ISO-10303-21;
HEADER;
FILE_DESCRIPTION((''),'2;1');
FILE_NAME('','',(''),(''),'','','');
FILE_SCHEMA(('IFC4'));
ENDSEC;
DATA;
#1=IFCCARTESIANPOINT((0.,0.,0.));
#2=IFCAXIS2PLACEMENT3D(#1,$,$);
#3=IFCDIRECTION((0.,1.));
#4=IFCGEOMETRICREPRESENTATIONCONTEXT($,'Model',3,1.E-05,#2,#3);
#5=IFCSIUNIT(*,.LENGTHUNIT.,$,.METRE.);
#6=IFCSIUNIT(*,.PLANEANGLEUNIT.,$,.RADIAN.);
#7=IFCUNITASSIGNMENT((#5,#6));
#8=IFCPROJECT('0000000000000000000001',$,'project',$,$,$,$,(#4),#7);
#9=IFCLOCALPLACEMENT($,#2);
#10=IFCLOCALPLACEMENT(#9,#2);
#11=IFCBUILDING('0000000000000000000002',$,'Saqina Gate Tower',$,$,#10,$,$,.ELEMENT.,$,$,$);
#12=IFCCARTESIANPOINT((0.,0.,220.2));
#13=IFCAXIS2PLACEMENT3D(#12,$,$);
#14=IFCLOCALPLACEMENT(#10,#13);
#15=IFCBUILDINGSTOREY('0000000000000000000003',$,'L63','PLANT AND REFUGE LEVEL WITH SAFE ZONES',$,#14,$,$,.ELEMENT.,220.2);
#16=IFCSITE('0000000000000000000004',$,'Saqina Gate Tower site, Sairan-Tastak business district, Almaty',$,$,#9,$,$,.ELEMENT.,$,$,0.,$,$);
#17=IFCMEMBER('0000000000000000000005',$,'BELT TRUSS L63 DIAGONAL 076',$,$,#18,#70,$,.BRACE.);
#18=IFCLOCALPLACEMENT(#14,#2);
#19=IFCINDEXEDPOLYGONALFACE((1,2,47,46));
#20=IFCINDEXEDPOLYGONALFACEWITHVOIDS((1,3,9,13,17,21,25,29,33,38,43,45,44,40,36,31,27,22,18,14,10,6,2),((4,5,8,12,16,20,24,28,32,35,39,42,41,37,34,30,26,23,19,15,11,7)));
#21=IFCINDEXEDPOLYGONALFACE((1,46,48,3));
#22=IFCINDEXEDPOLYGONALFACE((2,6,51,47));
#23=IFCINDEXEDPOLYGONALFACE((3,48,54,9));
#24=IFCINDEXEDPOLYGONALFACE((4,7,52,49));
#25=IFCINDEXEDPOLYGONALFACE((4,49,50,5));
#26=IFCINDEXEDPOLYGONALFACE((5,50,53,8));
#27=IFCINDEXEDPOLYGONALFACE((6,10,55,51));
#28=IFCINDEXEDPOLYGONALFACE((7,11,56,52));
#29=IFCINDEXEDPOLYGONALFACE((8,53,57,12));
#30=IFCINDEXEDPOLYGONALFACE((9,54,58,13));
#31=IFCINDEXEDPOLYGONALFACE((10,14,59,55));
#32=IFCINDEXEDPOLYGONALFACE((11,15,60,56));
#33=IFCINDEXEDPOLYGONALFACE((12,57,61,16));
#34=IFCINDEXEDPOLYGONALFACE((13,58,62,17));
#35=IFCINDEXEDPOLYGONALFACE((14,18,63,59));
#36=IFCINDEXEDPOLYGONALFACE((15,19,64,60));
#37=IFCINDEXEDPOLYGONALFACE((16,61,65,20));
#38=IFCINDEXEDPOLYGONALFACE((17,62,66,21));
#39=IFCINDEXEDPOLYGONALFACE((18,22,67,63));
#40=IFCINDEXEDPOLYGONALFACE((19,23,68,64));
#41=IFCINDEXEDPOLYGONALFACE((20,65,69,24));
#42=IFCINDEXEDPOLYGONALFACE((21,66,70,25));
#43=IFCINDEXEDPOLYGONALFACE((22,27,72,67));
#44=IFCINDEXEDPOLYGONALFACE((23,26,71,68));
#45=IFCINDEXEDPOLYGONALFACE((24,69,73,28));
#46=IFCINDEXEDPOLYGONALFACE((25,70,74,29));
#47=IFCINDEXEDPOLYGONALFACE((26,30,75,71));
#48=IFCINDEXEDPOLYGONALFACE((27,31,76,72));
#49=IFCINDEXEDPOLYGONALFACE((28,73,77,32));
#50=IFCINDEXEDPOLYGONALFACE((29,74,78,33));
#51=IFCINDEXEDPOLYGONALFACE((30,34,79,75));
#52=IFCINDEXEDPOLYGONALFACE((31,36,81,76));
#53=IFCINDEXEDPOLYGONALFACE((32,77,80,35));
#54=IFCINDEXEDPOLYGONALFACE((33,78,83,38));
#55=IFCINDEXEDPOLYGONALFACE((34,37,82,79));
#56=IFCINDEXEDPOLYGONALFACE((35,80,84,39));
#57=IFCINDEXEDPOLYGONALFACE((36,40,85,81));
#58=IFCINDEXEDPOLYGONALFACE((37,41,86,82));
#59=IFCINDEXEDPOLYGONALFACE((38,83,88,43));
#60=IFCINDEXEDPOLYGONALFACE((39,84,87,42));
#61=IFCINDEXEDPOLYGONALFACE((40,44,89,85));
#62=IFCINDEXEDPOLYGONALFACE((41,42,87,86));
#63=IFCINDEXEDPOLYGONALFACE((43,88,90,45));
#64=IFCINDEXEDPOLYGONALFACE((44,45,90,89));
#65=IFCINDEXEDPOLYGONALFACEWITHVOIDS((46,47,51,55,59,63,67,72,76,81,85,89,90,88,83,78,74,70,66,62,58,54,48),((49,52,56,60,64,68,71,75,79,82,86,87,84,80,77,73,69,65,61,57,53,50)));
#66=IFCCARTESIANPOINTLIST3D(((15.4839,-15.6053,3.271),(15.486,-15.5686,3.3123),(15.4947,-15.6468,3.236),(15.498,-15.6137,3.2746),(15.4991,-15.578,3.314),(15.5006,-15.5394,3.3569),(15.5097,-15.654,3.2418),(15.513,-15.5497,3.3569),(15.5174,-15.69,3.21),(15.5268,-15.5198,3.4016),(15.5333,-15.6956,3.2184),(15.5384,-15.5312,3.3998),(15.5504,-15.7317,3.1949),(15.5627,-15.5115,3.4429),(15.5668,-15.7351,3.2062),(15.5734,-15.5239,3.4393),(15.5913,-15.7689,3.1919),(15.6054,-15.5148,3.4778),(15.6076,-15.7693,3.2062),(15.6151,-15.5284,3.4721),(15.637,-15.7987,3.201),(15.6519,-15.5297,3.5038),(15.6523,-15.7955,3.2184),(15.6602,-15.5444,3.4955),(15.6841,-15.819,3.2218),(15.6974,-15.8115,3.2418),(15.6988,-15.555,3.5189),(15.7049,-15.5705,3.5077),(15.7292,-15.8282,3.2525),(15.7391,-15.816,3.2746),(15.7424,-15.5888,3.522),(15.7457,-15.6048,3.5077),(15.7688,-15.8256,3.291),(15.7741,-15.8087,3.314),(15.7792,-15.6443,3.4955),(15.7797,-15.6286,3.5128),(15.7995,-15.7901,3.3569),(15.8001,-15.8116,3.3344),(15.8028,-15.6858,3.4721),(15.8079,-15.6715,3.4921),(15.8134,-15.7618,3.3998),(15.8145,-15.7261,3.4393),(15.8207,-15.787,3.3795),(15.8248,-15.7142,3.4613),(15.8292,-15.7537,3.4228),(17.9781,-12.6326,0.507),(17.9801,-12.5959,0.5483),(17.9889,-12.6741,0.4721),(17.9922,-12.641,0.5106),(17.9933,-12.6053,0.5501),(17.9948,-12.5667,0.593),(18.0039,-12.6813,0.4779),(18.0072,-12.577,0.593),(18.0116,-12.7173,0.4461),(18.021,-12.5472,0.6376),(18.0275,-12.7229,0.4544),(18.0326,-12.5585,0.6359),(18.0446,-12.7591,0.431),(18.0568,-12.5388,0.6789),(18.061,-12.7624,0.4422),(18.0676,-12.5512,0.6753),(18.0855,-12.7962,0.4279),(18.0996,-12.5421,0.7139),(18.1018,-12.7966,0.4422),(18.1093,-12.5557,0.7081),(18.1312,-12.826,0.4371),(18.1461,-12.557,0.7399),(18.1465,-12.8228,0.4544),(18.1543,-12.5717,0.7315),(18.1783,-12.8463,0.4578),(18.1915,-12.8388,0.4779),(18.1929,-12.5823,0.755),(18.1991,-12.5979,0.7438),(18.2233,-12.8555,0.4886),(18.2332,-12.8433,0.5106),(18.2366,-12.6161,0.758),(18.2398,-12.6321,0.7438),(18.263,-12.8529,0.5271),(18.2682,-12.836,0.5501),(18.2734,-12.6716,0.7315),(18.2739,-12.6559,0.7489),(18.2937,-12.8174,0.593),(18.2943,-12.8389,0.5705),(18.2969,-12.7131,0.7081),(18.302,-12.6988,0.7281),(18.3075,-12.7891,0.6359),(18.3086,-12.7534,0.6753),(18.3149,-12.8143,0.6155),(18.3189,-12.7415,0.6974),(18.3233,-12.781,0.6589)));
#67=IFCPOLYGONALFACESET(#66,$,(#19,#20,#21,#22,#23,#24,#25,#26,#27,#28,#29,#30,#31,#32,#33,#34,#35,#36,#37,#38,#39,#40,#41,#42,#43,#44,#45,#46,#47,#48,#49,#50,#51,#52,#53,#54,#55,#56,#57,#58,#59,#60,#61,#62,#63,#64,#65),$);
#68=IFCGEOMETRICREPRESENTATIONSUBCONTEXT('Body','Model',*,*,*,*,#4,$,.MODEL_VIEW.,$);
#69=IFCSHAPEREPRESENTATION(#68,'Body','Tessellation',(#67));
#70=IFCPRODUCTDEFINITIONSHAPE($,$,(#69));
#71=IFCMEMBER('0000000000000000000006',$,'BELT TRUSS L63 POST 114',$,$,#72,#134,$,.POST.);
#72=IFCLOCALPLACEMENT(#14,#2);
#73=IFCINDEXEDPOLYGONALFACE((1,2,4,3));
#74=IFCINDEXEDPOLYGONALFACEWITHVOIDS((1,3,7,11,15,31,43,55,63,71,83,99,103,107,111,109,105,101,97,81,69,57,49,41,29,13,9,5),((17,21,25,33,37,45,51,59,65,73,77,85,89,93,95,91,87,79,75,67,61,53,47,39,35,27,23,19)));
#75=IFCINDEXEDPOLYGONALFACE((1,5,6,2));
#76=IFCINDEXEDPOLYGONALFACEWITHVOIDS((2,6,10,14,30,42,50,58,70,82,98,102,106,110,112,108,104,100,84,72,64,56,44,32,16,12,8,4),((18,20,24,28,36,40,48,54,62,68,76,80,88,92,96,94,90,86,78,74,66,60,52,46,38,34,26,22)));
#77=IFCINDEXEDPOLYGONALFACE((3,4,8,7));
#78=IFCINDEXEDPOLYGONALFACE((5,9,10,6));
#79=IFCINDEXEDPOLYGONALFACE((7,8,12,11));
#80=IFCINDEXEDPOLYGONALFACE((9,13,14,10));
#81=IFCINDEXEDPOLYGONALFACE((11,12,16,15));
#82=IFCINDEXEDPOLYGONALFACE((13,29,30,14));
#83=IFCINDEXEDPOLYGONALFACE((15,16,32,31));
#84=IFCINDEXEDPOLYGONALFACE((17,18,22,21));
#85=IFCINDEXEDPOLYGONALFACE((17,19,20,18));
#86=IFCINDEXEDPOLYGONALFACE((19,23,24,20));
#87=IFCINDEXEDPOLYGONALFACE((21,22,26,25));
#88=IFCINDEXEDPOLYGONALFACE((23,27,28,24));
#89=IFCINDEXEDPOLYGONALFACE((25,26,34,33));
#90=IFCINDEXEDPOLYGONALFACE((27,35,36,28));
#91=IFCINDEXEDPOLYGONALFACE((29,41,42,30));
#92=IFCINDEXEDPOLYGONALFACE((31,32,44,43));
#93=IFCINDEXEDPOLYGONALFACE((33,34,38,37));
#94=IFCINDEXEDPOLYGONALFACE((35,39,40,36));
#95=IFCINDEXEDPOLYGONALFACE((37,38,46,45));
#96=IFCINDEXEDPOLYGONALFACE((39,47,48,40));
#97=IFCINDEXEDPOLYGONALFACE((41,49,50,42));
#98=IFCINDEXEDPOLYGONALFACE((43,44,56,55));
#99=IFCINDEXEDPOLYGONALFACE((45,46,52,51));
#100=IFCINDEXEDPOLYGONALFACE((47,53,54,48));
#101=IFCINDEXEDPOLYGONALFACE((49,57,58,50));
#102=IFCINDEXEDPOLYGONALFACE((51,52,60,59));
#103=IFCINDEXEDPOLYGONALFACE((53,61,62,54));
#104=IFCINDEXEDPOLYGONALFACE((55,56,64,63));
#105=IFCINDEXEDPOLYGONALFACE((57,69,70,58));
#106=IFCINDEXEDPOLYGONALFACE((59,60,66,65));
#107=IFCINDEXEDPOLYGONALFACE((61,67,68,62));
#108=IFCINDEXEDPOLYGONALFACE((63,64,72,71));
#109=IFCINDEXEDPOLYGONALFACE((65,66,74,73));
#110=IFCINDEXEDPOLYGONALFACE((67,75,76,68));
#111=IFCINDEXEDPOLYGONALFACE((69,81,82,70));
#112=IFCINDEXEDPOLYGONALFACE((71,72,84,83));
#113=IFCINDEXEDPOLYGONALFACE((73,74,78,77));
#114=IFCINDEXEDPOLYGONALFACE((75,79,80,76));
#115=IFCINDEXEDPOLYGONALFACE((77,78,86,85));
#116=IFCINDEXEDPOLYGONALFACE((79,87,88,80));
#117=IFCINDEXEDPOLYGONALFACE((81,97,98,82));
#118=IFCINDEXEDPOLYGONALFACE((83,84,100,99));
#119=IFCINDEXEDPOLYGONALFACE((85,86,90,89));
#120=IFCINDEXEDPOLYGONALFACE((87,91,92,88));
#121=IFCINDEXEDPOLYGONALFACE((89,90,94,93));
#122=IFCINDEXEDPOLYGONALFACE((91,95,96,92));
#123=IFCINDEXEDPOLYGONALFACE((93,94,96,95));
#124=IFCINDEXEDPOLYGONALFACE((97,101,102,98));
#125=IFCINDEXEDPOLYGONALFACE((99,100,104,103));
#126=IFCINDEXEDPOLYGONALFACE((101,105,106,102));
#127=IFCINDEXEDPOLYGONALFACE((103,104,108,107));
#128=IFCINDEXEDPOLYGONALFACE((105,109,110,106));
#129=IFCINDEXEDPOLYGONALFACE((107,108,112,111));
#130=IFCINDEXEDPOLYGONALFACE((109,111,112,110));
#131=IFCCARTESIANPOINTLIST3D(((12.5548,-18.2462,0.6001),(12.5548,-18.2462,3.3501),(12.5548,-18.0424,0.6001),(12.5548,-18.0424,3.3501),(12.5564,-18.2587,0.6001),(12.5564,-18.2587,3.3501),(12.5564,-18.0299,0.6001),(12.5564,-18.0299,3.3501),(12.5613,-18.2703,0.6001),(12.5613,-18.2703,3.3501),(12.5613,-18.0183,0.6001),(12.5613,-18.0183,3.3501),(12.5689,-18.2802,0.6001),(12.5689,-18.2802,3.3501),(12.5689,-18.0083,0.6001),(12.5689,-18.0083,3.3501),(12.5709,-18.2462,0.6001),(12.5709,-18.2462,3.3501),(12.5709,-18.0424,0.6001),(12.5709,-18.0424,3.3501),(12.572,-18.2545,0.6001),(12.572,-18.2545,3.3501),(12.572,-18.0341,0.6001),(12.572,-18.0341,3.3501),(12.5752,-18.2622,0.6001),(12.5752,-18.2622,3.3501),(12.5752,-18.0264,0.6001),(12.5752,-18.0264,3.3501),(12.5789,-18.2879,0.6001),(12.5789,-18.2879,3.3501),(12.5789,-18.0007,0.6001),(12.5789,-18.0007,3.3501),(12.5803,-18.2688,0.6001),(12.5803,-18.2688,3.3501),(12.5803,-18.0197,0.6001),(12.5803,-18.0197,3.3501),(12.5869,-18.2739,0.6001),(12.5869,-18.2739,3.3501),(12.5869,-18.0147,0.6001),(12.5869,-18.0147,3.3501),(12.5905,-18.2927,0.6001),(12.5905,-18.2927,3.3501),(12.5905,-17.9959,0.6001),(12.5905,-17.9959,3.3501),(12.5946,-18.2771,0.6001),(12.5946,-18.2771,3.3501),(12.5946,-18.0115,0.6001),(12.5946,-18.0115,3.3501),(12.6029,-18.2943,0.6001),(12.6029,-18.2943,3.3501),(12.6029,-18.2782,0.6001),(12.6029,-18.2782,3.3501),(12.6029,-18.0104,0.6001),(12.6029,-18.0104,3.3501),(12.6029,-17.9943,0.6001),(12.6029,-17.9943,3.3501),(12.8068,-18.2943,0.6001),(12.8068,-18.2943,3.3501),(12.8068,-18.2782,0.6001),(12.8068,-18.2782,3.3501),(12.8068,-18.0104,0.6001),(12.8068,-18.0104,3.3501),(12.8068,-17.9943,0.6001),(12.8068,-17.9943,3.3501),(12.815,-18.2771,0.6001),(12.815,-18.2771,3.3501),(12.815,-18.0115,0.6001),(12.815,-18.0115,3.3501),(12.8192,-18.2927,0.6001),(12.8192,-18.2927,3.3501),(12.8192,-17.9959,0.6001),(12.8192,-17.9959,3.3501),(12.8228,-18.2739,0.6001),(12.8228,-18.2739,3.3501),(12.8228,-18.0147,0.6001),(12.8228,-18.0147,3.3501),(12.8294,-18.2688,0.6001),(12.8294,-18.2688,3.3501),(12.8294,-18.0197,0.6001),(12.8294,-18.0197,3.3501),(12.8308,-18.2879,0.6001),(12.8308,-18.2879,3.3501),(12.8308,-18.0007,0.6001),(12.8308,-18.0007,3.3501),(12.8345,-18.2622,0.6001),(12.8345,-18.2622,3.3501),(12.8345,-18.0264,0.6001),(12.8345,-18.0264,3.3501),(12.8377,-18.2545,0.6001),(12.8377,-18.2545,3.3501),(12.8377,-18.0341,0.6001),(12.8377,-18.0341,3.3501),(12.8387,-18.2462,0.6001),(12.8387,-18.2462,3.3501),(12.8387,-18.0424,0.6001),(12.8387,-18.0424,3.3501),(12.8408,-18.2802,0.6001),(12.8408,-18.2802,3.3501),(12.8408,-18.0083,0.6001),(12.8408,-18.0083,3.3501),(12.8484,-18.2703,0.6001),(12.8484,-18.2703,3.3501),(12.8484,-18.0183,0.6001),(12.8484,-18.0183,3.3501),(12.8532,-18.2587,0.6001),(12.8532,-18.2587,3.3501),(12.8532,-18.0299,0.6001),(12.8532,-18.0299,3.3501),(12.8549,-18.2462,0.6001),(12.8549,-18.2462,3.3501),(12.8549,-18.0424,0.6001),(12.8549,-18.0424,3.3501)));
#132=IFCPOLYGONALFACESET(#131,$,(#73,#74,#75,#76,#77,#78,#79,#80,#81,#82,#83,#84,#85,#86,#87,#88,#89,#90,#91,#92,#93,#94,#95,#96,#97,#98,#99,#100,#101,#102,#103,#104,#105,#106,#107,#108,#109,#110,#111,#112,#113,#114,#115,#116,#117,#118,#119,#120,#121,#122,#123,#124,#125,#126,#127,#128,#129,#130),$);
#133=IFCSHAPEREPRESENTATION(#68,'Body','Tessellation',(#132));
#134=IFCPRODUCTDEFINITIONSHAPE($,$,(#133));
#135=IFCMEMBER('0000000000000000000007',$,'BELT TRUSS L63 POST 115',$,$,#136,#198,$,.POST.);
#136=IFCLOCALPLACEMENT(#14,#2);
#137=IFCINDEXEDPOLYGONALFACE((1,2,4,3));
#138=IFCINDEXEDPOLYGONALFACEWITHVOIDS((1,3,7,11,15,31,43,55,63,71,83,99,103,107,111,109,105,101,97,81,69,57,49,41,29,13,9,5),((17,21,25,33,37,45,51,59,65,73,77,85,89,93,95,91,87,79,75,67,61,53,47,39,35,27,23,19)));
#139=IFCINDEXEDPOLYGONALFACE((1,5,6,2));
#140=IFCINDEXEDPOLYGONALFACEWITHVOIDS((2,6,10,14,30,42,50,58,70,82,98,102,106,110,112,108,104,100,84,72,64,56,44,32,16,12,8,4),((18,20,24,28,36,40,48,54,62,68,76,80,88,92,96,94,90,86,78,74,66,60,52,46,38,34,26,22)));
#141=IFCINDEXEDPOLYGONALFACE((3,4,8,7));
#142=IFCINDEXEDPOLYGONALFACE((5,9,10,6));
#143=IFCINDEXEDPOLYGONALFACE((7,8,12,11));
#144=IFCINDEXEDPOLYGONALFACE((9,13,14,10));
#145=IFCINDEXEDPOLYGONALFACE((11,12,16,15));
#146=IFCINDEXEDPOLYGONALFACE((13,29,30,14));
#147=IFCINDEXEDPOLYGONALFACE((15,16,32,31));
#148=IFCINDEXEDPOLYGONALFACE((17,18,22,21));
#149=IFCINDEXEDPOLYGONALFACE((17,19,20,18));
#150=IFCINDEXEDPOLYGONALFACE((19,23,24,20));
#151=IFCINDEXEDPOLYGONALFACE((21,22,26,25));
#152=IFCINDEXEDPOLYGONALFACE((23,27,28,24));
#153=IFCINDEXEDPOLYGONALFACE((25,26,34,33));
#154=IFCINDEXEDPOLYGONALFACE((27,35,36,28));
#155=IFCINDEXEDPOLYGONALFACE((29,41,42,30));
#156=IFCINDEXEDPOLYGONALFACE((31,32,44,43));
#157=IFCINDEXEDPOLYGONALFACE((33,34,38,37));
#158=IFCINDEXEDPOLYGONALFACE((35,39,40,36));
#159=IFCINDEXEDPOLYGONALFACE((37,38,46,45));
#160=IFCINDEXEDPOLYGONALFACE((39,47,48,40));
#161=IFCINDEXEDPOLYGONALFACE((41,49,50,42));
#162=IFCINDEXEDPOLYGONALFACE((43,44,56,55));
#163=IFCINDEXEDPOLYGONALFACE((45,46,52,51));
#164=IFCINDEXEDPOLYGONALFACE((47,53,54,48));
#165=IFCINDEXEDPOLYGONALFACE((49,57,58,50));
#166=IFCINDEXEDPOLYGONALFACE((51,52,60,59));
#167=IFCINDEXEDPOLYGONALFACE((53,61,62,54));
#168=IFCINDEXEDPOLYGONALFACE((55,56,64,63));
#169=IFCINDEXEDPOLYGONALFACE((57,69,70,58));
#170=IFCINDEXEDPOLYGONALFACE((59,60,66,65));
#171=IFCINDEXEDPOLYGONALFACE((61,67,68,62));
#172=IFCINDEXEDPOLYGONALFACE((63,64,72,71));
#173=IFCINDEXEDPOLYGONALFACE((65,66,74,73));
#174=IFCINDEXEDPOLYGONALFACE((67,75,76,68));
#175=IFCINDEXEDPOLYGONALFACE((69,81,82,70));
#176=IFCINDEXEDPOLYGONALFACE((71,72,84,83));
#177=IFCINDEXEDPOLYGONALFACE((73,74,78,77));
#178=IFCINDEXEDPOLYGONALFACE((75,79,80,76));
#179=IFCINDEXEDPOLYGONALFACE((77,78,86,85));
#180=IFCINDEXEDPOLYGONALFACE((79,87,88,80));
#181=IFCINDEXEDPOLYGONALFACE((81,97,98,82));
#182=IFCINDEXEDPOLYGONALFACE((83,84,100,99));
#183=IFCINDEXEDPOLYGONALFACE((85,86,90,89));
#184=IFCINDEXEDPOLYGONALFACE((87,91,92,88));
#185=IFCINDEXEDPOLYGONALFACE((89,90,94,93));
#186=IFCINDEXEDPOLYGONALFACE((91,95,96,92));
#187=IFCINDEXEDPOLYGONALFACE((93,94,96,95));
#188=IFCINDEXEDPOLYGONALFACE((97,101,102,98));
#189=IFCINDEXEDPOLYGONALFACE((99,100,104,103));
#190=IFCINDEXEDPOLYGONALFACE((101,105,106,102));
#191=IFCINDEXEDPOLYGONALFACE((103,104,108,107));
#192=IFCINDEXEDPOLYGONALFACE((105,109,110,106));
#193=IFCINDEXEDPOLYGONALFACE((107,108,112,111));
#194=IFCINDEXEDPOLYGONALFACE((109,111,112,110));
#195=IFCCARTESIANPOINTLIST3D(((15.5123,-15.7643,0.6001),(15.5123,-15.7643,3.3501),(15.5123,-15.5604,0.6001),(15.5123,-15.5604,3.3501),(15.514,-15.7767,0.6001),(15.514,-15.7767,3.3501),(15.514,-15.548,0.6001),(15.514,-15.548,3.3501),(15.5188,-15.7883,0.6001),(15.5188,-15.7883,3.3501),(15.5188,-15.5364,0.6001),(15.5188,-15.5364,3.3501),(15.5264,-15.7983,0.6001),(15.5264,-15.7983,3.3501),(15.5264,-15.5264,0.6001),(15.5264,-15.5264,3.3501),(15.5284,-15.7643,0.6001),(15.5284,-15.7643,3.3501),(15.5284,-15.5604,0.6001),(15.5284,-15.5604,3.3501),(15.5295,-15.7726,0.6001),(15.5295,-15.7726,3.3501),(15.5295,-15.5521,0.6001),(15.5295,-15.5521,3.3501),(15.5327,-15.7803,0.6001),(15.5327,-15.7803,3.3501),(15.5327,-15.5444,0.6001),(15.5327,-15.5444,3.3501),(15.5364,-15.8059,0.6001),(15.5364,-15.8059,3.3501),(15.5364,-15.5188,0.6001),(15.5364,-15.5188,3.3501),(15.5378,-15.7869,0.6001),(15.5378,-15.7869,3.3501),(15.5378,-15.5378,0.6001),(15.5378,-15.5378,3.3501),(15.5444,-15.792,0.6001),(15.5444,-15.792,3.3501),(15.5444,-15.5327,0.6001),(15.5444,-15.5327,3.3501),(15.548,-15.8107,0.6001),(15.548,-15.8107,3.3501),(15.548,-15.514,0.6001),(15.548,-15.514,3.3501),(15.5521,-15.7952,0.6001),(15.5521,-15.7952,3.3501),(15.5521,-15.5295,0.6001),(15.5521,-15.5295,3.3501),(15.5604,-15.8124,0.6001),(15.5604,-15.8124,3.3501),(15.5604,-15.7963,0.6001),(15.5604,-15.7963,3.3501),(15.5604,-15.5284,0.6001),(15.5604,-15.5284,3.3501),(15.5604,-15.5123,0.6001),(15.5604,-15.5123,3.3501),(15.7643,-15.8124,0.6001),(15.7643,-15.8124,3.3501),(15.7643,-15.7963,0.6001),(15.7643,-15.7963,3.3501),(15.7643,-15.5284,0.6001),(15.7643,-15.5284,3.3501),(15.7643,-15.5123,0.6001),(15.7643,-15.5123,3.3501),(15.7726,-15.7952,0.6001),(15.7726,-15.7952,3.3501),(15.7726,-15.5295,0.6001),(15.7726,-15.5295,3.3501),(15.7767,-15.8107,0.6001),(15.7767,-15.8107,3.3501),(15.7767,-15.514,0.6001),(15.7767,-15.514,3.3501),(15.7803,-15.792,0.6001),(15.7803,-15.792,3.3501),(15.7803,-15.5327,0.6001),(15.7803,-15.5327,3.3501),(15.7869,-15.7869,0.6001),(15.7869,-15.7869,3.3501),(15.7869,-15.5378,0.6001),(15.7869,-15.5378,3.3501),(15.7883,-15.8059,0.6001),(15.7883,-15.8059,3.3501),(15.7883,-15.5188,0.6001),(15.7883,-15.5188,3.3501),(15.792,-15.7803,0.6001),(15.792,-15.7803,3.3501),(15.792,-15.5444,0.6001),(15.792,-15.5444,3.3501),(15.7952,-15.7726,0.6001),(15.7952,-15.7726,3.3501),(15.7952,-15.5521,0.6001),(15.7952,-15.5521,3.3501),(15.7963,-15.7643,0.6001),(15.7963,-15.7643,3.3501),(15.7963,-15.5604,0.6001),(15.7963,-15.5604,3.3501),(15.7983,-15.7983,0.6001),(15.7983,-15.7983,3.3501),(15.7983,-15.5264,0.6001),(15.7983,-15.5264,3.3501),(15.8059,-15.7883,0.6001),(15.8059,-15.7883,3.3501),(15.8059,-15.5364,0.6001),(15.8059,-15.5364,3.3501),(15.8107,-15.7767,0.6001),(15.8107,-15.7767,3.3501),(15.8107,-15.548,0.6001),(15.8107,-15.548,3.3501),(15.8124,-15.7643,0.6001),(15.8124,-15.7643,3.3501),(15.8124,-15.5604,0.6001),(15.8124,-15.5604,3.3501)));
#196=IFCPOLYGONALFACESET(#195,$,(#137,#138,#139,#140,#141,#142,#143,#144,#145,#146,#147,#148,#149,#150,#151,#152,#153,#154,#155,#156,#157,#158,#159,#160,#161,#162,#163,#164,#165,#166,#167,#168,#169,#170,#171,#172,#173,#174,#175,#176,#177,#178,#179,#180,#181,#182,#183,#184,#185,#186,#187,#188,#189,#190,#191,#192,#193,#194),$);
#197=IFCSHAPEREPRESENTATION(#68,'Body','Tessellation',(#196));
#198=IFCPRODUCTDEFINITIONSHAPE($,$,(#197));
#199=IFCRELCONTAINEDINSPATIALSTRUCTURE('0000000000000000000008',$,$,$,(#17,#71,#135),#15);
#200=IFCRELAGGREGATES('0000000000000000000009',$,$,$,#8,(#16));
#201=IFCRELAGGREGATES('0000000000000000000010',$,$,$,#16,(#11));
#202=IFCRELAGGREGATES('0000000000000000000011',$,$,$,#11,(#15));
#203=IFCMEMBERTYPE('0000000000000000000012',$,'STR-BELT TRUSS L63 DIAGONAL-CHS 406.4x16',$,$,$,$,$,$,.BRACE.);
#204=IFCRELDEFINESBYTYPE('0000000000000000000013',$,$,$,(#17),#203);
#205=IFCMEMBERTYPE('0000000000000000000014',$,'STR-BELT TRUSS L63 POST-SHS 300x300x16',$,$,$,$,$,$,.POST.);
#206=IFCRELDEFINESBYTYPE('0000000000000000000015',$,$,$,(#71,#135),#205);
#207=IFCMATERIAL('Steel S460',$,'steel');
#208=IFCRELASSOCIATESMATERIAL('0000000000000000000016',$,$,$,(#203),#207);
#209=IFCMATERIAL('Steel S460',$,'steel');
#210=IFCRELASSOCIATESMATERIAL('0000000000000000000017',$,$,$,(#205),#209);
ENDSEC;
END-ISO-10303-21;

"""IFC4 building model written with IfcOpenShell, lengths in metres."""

from ifc_helpers import new_model, si_unit, direction, frame, origin, origin_2d, place, context, subcontext, project, spatial, hollow_rectangle, hollow_circle, extrude, material, material_profile, profile_set, type_object, element, save


model = new_model("IFC4")

# Units and contexts
model_context = context("Model", 3, precision=1e-05, world=origin(), true_north=direction((0.0, 1.0)))
body_context = subcontext(model_context, "Body", "Model", "MODEL_VIEW")
ifc_project = project(units=[si_unit("LENGTHUNIT", "METRE"), si_unit("PLANEANGLEUNIT", "RADIAN")], contexts=[model_context])

# Site, building, storey
site_placement = place(None, origin())
site = spatial("IfcSite", under=ifc_project, at=site_placement, Name="Saqina Gate Tower site, Sairan-Tastak business district, Almaty", CompositionType="ELEMENT", RefElevation=0.0)
building_placement = place(site_placement, origin())
building = spatial("IfcBuilding", under=site, at=building_placement, Name="Saqina Gate Tower", CompositionType="ELEMENT")
storey_placement = place(building_placement, frame((0.0, 0.0, 220.2)))
storey = spatial("IfcBuildingStorey", under=building, at=storey_placement, Name="L63", Description="PLANT AND REFUGE LEVEL WITH SAFE ZONES", CompositionType="ELEMENT", Elevation=220.2)

# Members
ifc_material_1 = material(Name="Steel S460", Category="steel")
ifc_material_profile_1 = material_profile(ifc_material_1, hollow_circle(Radius=0.2031, WallThickness=0.0161, at=origin_2d()), Name="CHS 406.4x16")
ifc_profile_set_1 = profile_set([ifc_material_profile_1], Name="Steel S460")
member_type_1 = type_object("IfcMemberType", Name="STR-BELT TRUSS L63 DIAGONAL-CHS 406.4x16", PredefinedType="BRACE", material=ifc_profile_set_1)
for number, where, z_axis, x_axis, name in (
    (1, (15.6562, -15.6699, 3.3569), (0.523528, 0.62397, -0.580155), (-0.766072, 0.642755, 0.0), "BELT TRUSS L63 DIAGONAL 076"),
):
    element("IfcMember", number, at=place(storey_placement, frame(where, z_axis=z_axis, x_axis=x_axis)), inside=storey, type_object=member_type_1, Name=name, PredefinedType="BRACE", context=body_context, shape_type="SweptSolid", body=[
        extrude(hollow_circle(Radius=0.2031, WallThickness=0.0161, at=origin_2d()), origin(), (0.0, 0.0, 1.0), 4.7642),
    ])
ifc_material_2 = material(Name="Steel S460", Category="steel")
ifc_material_profile_2 = material_profile(ifc_material_2, hollow_rectangle(XDim=0.3, YDim=0.3, WallThickness=0.0161, InnerFilletRadius=0.032, OuterFilletRadius=0.0481, at=origin_2d()), Name="SHS 300x300x16")
ifc_profile_set_2 = profile_set([ifc_material_profile_2], Name="Steel S460")
member_type_2 = type_object("IfcMemberType", Name="STR-BELT TRUSS L63 POST-SHS 300x300x16", PredefinedType="POST", material=ifc_profile_set_2)
for number, where, z_axis, x_axis, name in (
    (2, (12.7048, -18.1443, 0.6001), (0.0, 0.0, 1.0), (1.0, 0.0, 0.0), "BELT TRUSS L63 POST 114"),
    (3, (15.6624, -15.6624, 0.6001), (0.0, 0.0, 1.0), (1.0, 0.0, 0.0), "BELT TRUSS L63 POST 115"),
):
    element("IfcMember", number, at=place(storey_placement, frame(where, z_axis=z_axis, x_axis=x_axis)), inside=storey, type_object=member_type_2, Name=name, PredefinedType="POST", context=body_context, shape_type="SweptSolid", body=[
        extrude(hollow_rectangle(XDim=0.3, YDim=0.3, WallThickness=0.0161, InnerFilletRadius=0.032, OuterFilletRadius=0.0481, at=origin_2d()), origin(), (0.0, 0.0, 1.0), 2.75),
    ])

save(model, "model.ifc")
